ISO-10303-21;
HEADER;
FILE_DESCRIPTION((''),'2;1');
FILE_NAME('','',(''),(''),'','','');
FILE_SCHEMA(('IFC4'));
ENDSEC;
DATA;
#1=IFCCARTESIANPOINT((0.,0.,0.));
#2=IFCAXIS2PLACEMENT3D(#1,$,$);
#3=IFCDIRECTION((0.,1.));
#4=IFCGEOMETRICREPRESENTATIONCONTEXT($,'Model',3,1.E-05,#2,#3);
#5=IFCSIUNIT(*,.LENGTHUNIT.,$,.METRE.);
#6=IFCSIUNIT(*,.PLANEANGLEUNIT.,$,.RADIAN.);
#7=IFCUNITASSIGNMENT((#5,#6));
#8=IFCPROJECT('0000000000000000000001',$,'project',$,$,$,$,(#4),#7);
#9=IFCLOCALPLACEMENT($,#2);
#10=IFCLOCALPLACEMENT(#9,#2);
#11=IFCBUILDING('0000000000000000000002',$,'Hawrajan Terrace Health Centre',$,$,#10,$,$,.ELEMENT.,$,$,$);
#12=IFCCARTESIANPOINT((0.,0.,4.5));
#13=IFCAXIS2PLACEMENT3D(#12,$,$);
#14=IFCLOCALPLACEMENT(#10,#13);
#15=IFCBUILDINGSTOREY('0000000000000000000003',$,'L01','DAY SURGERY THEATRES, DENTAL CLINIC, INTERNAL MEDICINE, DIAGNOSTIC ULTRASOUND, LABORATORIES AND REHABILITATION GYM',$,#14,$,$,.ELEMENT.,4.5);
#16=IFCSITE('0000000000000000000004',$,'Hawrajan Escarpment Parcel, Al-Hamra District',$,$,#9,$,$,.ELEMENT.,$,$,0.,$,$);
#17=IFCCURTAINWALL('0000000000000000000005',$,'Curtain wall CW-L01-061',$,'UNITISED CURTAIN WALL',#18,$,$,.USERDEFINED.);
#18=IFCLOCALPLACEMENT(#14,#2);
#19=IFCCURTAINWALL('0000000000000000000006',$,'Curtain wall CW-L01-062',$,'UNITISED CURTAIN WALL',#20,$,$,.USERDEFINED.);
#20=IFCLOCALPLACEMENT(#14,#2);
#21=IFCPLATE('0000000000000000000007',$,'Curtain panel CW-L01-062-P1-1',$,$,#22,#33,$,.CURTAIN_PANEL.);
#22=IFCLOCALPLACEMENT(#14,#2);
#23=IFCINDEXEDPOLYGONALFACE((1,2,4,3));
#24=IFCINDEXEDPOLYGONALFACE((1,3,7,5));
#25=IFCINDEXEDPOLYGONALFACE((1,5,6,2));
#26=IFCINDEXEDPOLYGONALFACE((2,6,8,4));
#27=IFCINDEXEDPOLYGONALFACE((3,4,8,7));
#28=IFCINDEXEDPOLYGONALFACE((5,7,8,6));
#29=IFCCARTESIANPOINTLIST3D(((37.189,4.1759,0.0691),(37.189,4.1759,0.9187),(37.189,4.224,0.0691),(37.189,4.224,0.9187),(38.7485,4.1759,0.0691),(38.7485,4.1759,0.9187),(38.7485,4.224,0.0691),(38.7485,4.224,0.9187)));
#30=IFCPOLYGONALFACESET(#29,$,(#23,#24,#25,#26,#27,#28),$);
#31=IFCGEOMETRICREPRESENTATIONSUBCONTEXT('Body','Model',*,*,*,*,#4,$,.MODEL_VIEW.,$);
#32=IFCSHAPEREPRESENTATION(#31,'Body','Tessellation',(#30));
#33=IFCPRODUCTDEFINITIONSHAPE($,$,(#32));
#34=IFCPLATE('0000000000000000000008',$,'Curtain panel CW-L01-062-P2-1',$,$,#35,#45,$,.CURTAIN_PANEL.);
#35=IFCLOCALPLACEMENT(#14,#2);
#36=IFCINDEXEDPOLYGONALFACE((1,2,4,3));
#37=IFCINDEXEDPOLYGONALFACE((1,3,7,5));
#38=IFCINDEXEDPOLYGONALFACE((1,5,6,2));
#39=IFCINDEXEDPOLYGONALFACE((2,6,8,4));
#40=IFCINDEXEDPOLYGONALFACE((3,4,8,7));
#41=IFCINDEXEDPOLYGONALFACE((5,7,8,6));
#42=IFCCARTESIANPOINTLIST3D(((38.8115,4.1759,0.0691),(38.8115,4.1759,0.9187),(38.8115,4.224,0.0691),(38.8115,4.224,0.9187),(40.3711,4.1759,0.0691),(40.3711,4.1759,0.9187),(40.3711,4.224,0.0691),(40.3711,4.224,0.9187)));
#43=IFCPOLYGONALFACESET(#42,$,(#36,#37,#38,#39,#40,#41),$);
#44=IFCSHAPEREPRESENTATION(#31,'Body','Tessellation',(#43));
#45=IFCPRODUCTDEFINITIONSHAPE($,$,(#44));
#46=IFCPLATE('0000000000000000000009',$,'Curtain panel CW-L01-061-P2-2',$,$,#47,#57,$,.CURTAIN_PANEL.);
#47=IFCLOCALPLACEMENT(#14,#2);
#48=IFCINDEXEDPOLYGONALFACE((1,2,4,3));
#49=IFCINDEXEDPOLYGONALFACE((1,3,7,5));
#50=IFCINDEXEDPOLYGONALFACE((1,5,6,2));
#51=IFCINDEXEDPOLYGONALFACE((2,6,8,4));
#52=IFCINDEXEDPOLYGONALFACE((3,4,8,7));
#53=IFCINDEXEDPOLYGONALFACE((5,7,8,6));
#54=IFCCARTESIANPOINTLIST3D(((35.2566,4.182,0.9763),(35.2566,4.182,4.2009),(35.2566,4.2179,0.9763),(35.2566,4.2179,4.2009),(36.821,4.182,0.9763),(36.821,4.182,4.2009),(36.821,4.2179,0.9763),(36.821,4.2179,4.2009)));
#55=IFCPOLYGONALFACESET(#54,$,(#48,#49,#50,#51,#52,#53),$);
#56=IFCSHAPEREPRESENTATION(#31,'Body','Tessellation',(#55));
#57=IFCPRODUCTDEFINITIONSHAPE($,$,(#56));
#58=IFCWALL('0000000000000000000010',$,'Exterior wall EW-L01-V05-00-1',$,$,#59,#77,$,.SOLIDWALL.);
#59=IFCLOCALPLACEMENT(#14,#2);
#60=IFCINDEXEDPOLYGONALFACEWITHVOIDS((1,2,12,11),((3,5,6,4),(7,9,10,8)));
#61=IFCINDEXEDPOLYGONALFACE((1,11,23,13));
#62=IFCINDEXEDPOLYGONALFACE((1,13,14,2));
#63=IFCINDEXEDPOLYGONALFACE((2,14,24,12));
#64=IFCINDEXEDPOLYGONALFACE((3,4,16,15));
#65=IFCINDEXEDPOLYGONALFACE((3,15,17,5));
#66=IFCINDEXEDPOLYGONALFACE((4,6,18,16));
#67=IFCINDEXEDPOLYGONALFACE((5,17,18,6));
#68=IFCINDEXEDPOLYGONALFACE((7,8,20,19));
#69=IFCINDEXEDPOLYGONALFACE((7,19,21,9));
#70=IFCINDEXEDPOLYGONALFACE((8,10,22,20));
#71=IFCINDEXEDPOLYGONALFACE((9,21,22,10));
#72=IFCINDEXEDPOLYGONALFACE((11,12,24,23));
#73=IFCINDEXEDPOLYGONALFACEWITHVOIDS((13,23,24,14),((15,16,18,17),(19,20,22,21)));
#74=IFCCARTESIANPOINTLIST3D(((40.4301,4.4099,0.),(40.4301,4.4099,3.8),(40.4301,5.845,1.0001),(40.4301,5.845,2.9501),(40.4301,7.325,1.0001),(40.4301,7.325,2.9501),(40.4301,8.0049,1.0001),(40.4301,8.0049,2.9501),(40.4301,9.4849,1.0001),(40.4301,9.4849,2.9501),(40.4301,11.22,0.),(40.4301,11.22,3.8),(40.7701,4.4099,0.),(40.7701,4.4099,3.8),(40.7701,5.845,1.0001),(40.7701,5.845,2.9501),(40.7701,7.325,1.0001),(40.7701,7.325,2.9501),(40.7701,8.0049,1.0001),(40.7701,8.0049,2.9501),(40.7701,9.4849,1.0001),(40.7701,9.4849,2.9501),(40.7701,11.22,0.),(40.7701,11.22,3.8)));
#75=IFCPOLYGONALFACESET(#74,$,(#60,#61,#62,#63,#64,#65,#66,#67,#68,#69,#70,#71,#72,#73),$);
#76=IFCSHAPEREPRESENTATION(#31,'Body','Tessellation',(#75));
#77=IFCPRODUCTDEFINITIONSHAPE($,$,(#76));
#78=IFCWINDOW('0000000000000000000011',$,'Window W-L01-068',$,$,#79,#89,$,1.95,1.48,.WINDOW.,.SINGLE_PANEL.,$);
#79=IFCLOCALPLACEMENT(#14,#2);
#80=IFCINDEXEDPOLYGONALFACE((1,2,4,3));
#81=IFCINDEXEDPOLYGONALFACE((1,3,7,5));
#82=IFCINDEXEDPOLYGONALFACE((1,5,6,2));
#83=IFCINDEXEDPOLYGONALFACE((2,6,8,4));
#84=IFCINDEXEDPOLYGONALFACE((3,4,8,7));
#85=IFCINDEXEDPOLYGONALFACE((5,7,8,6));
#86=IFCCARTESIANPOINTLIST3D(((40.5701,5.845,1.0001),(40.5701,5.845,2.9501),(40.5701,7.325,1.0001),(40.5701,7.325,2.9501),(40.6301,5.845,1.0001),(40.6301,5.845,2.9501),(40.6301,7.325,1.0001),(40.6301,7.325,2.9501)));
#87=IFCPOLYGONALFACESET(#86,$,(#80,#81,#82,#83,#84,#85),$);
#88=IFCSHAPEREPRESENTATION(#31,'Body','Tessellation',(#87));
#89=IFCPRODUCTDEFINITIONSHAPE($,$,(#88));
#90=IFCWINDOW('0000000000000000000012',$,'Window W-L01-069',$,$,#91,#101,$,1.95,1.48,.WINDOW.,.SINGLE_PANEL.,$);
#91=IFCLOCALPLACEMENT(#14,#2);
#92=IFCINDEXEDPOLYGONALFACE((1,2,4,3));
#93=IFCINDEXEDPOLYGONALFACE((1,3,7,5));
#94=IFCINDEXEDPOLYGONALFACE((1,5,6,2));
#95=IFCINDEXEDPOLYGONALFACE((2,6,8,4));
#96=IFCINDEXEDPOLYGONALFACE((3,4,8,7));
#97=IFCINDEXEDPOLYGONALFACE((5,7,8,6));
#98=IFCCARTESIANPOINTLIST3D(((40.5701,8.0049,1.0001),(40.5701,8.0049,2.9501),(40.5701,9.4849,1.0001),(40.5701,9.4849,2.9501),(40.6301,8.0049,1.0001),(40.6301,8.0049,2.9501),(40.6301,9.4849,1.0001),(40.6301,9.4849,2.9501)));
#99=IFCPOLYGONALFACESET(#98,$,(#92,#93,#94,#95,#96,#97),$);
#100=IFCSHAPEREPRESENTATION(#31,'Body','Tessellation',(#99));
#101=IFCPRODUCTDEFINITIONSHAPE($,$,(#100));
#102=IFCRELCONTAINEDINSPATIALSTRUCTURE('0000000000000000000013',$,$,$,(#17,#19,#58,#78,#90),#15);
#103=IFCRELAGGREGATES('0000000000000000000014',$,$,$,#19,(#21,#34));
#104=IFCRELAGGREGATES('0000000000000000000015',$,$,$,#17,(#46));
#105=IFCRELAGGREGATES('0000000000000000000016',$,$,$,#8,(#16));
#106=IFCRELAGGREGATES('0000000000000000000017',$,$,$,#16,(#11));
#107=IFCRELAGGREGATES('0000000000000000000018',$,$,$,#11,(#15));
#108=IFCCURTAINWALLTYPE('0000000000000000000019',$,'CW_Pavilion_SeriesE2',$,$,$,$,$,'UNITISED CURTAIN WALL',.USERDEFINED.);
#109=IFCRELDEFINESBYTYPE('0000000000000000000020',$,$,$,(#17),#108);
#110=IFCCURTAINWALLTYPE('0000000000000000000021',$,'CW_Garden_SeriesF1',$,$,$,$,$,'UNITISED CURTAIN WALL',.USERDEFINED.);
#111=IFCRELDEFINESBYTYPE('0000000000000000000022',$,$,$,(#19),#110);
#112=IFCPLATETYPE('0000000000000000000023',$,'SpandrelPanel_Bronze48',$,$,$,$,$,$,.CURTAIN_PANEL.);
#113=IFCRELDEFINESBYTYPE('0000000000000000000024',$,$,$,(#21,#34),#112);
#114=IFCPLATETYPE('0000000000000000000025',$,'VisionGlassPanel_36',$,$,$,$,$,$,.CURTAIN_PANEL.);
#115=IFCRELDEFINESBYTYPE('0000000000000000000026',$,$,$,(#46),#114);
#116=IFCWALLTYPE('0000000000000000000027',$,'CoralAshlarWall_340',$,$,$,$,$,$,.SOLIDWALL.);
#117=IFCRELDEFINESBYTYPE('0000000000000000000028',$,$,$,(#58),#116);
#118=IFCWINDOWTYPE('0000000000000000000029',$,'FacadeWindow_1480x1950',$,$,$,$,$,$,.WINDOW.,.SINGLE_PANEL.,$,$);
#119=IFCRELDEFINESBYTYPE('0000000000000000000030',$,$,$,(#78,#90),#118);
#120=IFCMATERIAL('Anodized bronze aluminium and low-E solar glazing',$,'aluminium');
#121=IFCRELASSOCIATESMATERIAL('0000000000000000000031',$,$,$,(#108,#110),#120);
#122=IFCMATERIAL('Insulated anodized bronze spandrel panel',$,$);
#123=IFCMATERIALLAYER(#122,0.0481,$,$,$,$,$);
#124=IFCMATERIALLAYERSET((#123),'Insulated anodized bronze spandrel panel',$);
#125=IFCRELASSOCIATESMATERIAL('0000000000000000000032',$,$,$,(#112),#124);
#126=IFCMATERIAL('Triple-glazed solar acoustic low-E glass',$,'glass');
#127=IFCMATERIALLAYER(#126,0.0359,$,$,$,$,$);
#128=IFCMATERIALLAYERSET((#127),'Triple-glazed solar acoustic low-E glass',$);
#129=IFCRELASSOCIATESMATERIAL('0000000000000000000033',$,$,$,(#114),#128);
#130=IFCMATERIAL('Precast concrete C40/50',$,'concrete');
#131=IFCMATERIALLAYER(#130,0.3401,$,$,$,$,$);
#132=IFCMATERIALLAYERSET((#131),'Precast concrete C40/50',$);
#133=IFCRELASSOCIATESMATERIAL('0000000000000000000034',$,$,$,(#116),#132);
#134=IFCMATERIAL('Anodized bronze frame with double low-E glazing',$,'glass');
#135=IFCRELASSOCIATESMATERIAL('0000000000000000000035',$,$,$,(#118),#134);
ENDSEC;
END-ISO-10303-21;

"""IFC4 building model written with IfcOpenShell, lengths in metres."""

from ifc_helpers import new_model, si_unit, direction, frame, frame_2d, origin, origin_2d, place, context, subcontext, project, spatial, rectangle, extrude, material, layer, layer_set, type_object, element, fill, aggregate, save


model = new_model("IFC4")

# Units and contexts
model_context = context("Model", 3, precision=1e-05, world=origin(), true_north=direction((0.0, 1.0)))
body_context = subcontext(model_context, "Body", "Model", "MODEL_VIEW")
ifc_project = project(units=[si_unit("LENGTHUNIT", "METRE"), si_unit("PLANEANGLEUNIT", "RADIAN")], contexts=[model_context])

# Site, building, storey
site_placement = place(None, origin())
site = spatial("IfcSite", under=ifc_project, at=site_placement, Name="Hawrajan Escarpment Parcel, Al-Hamra District", CompositionType="ELEMENT", RefElevation=0.0)
building_placement = place(site_placement, origin())
building = spatial("IfcBuilding", under=site, at=building_placement, Name="Hawrajan Terrace Health Centre", CompositionType="ELEMENT")
storey_placement = place(building_placement, frame((0.0, 0.0, 4.5)))
storey = spatial("IfcBuildingStorey", under=building, at=storey_placement, Name="L01", Description="DAY SURGERY THEATRES, DENTAL CLINIC, INTERNAL MEDICINE, DIAGNOSTIC ULTRASOUND, LABORATORIES AND REHABILITATION GYM", CompositionType="ELEMENT", Elevation=4.5)

# Curtain wall
ifc_material_1 = material(Name="Anodized bronze aluminium and low-E solar glazing", Category="aluminium")
curtain_wall_type_1 = type_object("IfcCurtainWallType", Name="CW_Pavilion_SeriesE2", ElementType="UNITISED CURTAIN WALL", PredefinedType="USERDEFINED", material=ifc_material_1)
curtain_wall_1_placement = place(storey_placement, origin())
curtain_wall_1 = element("IfcCurtainWall", 1, at=curtain_wall_1_placement, inside=storey, type_object=curtain_wall_type_1, Name="Curtain wall CW-L01-061", ObjectType="UNITISED CURTAIN WALL", PredefinedType="USERDEFINED")

# Curtain wall
curtain_wall_type_2 = type_object("IfcCurtainWallType", Name="CW_Garden_SeriesF1", ElementType="UNITISED CURTAIN WALL", PredefinedType="USERDEFINED", material=ifc_material_1)
curtain_wall_2_placement = place(storey_placement, origin())
curtain_wall_2 = element("IfcCurtainWall", 2, at=curtain_wall_2_placement, inside=storey, type_object=curtain_wall_type_2, Name="Curtain wall CW-L01-062", ObjectType="UNITISED CURTAIN WALL", PredefinedType="USERDEFINED")

# Plates
ifc_material_2 = material(Name="Insulated anodized bronze spandrel panel")
ifc_layer_1 = layer(ifc_material_2, 0.0481)
ifc_layer_set_1 = layer_set([ifc_layer_1], Name="Insulated anodized bronze spandrel panel")
plate_type_1 = type_object("IfcPlateType", Name="SpandrelPanel_Bronze48", PredefinedType="CURTAIN_PANEL", material=ifc_layer_set_1)
plate_1_placement = place(storey_placement, frame((37.9688, 4.2, 0.0691), z_axis=(0.0, 0.0, 1.0), x_axis=(1.0, 0.0, 0.0)))
plate_1 = element("IfcPlate", 3, at=plate_1_placement, type_object=plate_type_1, Name="Curtain panel CW-L01-062-P1-1", PredefinedType="CURTAIN_PANEL", context=body_context, shape_type="SweptSolid", body=[
    extrude(rectangle(XDim=1.5596, YDim=0.0481, at=origin_2d()), origin(), (0.0, 0.0, 1.0), 0.8496),
])
plate_2_placement = place(storey_placement, frame((39.5913, 4.2, 0.0691), z_axis=(0.0, 0.0, 1.0), x_axis=(1.0, 0.0, 0.0)))
plate_2 = element("IfcPlate", 4, at=plate_2_placement, type_object=plate_type_1, Name="Curtain panel CW-L01-062-P2-1", PredefinedType="CURTAIN_PANEL", context=body_context, shape_type="SweptSolid", body=[
    extrude(rectangle(XDim=1.5596, YDim=0.0481, at=origin_2d()), origin(), (0.0, 0.0, 1.0), 0.8496),
])
aggregate(curtain_wall_2, [plate_1, plate_2])
ifc_material_3 = material(Name="Triple-glazed solar acoustic low-E glass", Category="glass")
ifc_layer_2 = layer(ifc_material_3, 0.0359)
ifc_layer_set_2 = layer_set([ifc_layer_2], Name="Triple-glazed solar acoustic low-E glass")
plate_type_2 = type_object("IfcPlateType", Name="VisionGlassPanel_36", PredefinedType="CURTAIN_PANEL", material=ifc_layer_set_2)
plate_3_placement = place(storey_placement, frame((36.0388, 4.2, 0.9763), z_axis=(0.0, 0.0, 1.0), x_axis=(1.0, 0.0, 0.0)))
plate_3 = element("IfcPlate", 5, at=plate_3_placement, type_object=plate_type_2, Name="Curtain panel CW-L01-061-P2-2", PredefinedType="CURTAIN_PANEL", context=body_context, shape_type="SweptSolid", body=[
    extrude(rectangle(XDim=1.5645, YDim=0.0359, at=origin_2d()), origin(), (0.0, 0.0, 1.0), 3.2246),
])
aggregate(curtain_wall_1, [plate_3])

# Wall, openings, windows
ifc_material_4 = material(Name="Precast concrete C40/50", Category="concrete")
ifc_layer_3 = layer(ifc_material_4, 0.3401)
ifc_layer_set_3 = layer_set([ifc_layer_3], Name="Precast concrete C40/50")
wall_type_1 = type_object("IfcWallType", Name="CoralAshlarWall_340", PredefinedType="SOLIDWALL", material=ifc_layer_set_3)
wall_1_placement = place(storey_placement, frame((40.6001, 4.4099, 0.0), z_axis=(0.0, 0.0, 1.0), x_axis=(0.0, 1.0, 0.0)))
wall_1 = element("IfcWall", 6, at=wall_1_placement, inside=storey, type_object=wall_type_1, Name="Exterior wall EW-L01-V05-00-1", PredefinedType="SOLIDWALL", context=body_context, shape_type="SweptSolid", body=[
    extrude(rectangle(XDim=6.8101, YDim=0.3401, at=frame_2d((3.405, 0.0))), origin(), (0.0, 0.0, 1.0), 3.8),
])
opening_1_placement = place(wall_1_placement, frame((1.4351, 0.0, 1.0)))
opening_1 = element("IfcOpeningElement", 7, at=opening_1_placement, cuts=wall_1, PredefinedType="OPENING", context=body_context, shape_type="SweptSolid", body=[
    extrude(rectangle(XDim=1.48, YDim=1.95, at=frame_2d((0.74, 0.9751))), frame((0.0, 0.1799, 0.0), z_axis=(0.0, -1.0, 0.0), x_axis=(1.0, 0.0, 0.0)), (0.0, 0.0, 1.0), 0.3601),
])
opening_2_placement = place(wall_1_placement, frame((3.595, 0.0, 1.0)))
opening_2 = element("IfcOpeningElement", 8, at=opening_2_placement, cuts=wall_1, PredefinedType="OPENING", context=body_context, shape_type="SweptSolid", body=[
    extrude(rectangle(XDim=1.48, YDim=1.95, at=frame_2d((0.74, 0.9751))), frame((0.0, 0.1799, 0.0), z_axis=(0.0, -1.0, 0.0), x_axis=(1.0, 0.0, 0.0)), (0.0, 0.0, 1.0), 0.3601),
])
ifc_material_5 = material(Name="Anodized bronze frame with double low-E glazing", Category="glass")
window_type = type_object("IfcWindowType", Name="FacadeWindow_1480x1950", PartitioningType="SINGLE_PANEL", PredefinedType="WINDOW", material=ifc_material_5)
window_1_placement = place(opening_1_placement, origin())
window_1 = element("IfcWindow", 9, at=window_1_placement, inside=storey, type_object=window_type, Name="Window W-L01-068", OverallHeight=1.95, OverallWidth=1.48, PartitioningType="SINGLE_PANEL", PredefinedType="WINDOW", context=body_context, shape_type="SweptSolid", body=[
    extrude(rectangle(XDim=1.48, YDim=1.95, at=frame_2d((0.74, 0.9751))), frame((0.0, 0.03, 0.0), z_axis=(0.0, -1.0, 0.0), x_axis=(1.0, 0.0, 0.0)), (0.0, 0.0, 1.0), 0.0601),
])
fill(opening_1, window_1)
window_2_placement = place(opening_2_placement, origin())
window_2 = element("IfcWindow", 10, at=window_2_placement, inside=storey, type_object=window_type, Name="Window W-L01-069", OverallHeight=1.95, OverallWidth=1.48, PartitioningType="SINGLE_PANEL", PredefinedType="WINDOW", context=body_context, shape_type="SweptSolid", body=[
    extrude(rectangle(XDim=1.48, YDim=1.95, at=frame_2d((0.74, 0.9751))), frame((0.0, 0.03, 0.0), z_axis=(0.0, -1.0, 0.0), x_axis=(1.0, 0.0, 0.0)), (0.0, 0.0, 1.0), 0.0601),
])
fill(opening_2, window_2)

save(model, "model.ifc")
